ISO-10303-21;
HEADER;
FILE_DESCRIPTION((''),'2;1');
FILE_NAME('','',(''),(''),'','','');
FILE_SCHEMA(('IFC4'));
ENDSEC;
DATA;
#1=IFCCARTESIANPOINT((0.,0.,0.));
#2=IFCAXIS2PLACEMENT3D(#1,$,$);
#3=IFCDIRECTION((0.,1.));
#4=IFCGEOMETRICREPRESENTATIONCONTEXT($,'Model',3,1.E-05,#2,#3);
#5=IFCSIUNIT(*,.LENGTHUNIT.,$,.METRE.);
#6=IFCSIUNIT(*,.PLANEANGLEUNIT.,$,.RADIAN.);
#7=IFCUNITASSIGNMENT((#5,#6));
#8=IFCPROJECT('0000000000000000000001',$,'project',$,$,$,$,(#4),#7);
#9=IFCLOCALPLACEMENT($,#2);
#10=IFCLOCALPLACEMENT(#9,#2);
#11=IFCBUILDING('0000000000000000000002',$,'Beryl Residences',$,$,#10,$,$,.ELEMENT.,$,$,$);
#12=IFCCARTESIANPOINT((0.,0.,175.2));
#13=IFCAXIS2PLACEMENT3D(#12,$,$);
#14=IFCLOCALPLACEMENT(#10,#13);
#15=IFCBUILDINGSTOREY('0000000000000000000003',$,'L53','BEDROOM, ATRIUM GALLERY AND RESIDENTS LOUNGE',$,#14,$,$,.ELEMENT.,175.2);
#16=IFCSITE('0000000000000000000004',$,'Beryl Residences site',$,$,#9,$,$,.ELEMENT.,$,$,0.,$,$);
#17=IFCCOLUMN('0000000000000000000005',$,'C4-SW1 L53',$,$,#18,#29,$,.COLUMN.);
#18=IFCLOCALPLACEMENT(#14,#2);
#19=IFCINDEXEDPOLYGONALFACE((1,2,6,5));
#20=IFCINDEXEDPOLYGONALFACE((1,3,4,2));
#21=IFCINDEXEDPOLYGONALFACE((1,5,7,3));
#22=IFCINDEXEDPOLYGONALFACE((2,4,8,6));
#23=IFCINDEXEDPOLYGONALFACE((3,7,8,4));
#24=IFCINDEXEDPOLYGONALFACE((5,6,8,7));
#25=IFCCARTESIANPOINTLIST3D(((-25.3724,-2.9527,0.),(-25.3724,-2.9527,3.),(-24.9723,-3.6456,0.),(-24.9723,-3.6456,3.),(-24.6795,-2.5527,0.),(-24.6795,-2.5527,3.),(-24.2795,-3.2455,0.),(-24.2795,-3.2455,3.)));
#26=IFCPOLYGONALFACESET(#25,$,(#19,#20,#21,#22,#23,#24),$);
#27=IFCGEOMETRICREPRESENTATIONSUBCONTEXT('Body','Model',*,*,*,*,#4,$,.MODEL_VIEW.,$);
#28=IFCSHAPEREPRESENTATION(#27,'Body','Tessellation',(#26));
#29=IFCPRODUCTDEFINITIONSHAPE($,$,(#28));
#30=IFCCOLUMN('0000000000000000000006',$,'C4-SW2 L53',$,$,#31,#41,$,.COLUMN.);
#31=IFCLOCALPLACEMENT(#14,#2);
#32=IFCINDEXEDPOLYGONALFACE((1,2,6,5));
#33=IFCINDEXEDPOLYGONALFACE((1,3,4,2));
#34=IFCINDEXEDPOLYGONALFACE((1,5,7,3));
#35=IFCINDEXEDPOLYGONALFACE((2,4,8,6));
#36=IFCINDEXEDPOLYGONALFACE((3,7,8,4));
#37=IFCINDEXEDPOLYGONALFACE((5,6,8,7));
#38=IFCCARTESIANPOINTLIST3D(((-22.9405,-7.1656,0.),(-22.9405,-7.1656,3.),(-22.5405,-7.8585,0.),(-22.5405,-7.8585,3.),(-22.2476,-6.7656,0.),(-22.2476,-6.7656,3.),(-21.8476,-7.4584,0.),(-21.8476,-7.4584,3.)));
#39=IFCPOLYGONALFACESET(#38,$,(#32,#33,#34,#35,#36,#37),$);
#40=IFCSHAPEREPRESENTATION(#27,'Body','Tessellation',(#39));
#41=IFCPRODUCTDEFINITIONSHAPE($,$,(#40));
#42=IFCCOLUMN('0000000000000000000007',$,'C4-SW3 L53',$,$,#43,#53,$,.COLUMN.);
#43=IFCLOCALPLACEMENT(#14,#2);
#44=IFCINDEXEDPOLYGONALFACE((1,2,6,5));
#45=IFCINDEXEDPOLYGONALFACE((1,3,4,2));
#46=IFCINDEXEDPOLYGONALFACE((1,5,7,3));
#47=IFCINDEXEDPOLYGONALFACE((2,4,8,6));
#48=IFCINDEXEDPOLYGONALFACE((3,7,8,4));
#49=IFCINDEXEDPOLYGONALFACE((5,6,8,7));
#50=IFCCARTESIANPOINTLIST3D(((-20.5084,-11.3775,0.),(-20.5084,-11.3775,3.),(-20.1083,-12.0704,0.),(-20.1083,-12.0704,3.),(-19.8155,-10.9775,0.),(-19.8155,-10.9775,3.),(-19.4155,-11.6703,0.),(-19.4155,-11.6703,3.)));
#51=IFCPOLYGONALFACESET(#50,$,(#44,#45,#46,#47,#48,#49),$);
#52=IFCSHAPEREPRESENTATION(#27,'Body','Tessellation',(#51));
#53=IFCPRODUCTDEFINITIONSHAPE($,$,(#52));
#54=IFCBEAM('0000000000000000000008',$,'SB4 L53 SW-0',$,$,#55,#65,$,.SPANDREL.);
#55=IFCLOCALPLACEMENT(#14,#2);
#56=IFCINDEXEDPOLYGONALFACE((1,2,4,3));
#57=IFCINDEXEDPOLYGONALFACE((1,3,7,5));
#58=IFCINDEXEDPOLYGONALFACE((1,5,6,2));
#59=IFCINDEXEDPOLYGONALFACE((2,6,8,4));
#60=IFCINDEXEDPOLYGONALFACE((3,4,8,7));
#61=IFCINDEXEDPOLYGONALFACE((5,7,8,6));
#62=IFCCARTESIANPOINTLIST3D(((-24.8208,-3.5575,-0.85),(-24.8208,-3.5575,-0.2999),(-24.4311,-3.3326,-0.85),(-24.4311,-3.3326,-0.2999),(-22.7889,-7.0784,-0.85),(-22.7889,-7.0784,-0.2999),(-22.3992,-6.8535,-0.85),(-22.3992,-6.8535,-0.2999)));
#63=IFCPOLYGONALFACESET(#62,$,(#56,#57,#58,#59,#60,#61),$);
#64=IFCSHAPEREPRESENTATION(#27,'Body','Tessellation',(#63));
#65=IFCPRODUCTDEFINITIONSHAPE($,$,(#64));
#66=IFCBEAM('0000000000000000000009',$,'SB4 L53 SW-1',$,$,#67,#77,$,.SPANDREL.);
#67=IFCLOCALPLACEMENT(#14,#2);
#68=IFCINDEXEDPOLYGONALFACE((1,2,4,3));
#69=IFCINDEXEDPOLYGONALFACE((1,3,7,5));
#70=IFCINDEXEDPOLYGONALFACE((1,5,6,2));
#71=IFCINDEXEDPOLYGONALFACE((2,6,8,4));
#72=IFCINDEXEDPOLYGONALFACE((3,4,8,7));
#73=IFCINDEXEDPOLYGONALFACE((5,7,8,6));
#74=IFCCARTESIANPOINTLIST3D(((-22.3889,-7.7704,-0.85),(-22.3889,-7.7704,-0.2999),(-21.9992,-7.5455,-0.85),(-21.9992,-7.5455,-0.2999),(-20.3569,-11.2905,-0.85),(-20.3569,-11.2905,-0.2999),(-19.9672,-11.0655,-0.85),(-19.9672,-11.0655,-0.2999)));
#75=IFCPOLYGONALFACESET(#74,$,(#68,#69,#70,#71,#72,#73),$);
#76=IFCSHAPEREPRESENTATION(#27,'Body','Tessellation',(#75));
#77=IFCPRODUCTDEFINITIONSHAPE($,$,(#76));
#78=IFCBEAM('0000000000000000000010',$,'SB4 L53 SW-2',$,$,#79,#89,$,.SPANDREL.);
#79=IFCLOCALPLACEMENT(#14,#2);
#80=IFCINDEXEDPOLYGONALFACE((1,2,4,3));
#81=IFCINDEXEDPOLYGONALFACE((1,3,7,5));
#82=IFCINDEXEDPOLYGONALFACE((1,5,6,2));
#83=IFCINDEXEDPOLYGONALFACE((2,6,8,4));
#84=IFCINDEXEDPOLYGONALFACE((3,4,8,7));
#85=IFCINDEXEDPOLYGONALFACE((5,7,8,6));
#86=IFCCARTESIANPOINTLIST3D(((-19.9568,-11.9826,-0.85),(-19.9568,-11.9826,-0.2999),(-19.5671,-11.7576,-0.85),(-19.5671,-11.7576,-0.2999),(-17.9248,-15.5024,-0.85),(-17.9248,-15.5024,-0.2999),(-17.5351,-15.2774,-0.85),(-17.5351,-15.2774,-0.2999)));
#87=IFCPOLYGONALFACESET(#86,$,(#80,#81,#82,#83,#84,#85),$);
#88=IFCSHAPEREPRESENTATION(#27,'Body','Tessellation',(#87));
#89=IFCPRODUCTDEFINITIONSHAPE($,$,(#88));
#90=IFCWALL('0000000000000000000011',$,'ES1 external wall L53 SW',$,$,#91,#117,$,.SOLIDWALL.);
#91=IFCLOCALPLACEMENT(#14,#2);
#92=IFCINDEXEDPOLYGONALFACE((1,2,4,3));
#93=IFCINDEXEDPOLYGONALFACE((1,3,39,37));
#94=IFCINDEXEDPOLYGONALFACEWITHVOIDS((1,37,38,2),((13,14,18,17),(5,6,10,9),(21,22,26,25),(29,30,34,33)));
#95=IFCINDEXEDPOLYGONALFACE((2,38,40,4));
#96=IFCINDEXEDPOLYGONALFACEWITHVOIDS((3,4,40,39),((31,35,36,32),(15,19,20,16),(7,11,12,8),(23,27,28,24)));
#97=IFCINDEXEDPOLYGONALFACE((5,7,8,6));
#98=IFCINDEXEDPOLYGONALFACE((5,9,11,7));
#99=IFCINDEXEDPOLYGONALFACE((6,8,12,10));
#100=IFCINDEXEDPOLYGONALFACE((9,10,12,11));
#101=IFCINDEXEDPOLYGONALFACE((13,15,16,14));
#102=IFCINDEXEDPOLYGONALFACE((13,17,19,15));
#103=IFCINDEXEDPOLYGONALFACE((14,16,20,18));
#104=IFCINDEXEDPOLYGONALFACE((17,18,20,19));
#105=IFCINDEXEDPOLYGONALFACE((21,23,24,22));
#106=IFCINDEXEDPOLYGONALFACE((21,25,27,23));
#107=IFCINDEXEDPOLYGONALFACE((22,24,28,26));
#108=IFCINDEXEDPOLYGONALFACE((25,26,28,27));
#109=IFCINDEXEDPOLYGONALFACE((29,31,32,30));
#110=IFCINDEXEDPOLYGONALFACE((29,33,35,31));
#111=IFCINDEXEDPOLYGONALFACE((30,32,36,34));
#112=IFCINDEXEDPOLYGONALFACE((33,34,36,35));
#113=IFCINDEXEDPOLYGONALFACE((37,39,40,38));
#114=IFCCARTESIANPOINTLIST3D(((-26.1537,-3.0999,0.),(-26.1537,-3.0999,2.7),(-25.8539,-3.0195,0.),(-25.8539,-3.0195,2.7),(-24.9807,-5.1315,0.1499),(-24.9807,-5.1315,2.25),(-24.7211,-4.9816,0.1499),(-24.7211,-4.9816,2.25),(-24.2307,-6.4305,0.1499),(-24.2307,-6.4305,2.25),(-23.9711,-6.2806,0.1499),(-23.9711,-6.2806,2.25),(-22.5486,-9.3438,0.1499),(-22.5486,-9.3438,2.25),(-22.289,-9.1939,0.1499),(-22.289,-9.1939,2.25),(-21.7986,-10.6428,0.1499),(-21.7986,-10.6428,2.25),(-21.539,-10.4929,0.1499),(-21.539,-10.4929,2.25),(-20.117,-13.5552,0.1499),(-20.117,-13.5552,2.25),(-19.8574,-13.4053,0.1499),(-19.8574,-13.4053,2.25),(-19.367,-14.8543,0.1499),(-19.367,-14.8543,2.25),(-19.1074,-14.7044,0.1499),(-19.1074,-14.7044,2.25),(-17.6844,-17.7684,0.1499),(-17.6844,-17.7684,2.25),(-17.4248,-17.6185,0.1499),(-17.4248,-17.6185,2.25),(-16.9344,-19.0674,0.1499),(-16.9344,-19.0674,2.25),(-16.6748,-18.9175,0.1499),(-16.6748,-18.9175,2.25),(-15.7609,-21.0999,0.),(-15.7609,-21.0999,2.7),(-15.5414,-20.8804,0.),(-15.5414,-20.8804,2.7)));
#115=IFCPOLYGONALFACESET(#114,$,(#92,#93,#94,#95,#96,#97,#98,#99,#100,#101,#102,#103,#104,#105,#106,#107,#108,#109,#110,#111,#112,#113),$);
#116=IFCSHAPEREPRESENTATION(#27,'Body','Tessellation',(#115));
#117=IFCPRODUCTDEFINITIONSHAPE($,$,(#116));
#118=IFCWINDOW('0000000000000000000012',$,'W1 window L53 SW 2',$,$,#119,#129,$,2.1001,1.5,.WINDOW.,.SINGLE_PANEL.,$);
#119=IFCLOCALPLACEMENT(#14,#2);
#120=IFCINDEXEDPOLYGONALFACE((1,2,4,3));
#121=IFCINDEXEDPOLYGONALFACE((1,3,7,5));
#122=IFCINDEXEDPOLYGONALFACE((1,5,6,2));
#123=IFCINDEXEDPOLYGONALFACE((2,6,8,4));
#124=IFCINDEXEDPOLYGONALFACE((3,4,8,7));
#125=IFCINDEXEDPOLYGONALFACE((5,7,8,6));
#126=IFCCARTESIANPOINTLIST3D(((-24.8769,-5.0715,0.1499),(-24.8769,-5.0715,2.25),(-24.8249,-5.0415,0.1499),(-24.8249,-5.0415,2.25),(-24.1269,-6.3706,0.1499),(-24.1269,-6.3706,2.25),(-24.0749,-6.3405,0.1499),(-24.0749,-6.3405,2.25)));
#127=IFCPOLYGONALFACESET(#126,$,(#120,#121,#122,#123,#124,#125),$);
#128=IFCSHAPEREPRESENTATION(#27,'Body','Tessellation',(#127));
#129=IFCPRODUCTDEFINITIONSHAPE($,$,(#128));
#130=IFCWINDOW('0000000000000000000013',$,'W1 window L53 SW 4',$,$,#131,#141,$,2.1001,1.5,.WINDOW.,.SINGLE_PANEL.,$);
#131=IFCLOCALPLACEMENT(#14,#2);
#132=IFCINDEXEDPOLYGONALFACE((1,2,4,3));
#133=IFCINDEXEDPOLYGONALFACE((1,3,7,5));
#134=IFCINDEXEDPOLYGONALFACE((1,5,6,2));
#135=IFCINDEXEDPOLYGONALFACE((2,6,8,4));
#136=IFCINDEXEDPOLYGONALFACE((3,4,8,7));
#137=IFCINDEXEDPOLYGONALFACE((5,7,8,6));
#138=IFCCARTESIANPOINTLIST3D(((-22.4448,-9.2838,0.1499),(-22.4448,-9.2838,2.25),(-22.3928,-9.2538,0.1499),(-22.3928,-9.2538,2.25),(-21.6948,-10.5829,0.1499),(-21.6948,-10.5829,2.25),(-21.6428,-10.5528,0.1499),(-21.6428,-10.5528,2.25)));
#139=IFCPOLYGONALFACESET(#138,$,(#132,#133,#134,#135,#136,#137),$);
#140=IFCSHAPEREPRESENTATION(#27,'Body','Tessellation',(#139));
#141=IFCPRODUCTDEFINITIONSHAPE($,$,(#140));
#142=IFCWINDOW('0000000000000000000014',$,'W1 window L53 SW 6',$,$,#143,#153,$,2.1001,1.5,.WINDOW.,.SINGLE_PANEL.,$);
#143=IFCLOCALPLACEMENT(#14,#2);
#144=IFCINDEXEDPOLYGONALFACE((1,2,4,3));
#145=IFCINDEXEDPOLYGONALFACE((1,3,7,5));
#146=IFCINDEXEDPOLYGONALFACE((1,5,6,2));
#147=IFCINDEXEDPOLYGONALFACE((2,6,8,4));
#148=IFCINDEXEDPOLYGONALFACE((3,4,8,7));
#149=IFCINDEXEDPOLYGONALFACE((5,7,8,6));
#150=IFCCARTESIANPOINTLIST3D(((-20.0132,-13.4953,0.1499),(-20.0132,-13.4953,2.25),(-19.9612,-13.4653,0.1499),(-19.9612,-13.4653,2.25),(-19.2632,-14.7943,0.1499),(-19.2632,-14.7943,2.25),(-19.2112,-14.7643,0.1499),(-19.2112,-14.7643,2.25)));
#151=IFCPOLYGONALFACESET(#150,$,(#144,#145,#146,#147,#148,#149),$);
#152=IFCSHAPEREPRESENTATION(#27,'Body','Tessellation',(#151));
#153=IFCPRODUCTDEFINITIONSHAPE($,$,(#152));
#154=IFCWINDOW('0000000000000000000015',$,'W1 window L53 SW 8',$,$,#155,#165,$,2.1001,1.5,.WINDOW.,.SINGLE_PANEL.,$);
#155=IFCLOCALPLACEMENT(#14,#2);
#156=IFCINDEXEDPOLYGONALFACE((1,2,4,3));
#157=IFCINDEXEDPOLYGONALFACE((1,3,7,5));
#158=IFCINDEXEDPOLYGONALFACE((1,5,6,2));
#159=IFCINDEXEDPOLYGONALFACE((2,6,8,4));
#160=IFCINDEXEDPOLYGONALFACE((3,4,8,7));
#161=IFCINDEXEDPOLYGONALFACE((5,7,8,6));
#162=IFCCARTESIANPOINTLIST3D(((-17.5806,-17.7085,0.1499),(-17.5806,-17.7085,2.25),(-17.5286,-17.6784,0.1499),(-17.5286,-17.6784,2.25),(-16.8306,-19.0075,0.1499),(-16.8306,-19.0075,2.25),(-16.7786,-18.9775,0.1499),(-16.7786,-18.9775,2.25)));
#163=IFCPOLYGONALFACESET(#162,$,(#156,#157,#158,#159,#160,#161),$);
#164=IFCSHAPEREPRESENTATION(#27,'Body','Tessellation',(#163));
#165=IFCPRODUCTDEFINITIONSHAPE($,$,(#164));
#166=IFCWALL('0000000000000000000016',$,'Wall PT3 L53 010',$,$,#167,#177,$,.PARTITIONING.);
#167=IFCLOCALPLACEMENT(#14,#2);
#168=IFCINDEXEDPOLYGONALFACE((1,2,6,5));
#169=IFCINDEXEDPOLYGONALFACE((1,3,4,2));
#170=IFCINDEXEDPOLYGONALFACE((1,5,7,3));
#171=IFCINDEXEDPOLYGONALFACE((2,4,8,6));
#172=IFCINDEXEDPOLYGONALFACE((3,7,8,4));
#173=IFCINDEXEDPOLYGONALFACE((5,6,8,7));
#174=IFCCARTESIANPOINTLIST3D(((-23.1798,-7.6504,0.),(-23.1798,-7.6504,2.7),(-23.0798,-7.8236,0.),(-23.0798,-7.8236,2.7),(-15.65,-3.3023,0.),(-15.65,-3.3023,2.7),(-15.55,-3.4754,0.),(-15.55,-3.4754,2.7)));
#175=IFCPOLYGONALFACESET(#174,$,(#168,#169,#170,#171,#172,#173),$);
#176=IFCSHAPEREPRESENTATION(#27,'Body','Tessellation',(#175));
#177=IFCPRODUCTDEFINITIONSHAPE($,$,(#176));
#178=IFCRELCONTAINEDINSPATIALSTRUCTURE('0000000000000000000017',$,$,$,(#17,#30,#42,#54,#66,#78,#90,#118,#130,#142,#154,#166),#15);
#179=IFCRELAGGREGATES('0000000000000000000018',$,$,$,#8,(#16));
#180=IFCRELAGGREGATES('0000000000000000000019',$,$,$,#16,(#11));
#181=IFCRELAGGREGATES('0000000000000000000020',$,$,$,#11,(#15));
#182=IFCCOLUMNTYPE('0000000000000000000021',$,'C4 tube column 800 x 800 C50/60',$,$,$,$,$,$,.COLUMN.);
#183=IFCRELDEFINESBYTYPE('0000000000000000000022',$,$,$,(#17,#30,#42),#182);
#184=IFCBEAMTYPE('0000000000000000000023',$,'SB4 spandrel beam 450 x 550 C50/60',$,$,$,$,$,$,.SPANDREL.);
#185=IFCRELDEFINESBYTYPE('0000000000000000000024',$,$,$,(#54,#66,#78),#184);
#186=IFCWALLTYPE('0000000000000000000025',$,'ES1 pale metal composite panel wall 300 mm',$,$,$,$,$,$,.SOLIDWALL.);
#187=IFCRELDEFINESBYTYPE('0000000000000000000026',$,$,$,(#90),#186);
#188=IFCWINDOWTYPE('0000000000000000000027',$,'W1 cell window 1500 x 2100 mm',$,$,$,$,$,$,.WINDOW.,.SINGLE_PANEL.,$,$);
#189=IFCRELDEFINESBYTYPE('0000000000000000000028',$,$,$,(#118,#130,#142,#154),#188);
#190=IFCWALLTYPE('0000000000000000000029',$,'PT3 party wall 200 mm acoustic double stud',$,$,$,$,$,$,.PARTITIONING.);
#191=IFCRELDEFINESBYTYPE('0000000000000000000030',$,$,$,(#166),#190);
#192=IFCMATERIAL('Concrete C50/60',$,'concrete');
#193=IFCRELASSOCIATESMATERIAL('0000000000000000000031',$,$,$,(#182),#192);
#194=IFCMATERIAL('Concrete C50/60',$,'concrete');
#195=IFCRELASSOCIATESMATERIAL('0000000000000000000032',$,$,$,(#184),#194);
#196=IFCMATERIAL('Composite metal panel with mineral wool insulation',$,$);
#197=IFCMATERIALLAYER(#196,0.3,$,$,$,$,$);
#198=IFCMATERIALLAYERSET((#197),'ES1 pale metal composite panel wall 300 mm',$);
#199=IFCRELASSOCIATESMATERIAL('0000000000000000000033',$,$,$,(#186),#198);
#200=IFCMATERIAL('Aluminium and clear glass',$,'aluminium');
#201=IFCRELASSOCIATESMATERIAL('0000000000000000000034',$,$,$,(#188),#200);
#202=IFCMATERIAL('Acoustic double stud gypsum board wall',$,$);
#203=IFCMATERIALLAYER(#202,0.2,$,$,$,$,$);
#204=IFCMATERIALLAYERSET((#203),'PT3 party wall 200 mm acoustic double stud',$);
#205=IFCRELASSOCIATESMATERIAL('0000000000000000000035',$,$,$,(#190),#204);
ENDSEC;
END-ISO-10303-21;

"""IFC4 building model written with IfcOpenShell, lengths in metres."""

from ifc_helpers import new_model, si_unit, direction, frame, frame_2d, origin, origin_2d, place, context, subcontext, project, spatial, polyline, rectangle, outline, extrude, material, layer, layer_set, material_profile, profile_set, type_object, element, fill, save


model = new_model("IFC4")

# Units and contexts
model_context = context("Model", 3, precision=1e-05, world=origin(), true_north=direction((0.0, 1.0)))
body_context = subcontext(model_context, "Body", "Model", "MODEL_VIEW")
ifc_project = project(units=[si_unit("LENGTHUNIT", "METRE"), si_unit("PLANEANGLEUNIT", "RADIAN")], contexts=[model_context])

# Site, building, storey
site_placement = place(None, origin())
site = spatial("IfcSite", under=ifc_project, at=site_placement, Name="Beryl Residences site", CompositionType="ELEMENT", RefElevation=0.0)
building_placement = place(site_placement, origin())
building = spatial("IfcBuilding", under=site, at=building_placement, Name="Beryl Residences", CompositionType="ELEMENT")
storey_placement = place(building_placement, frame((0.0, 0.0, 175.2)))
storey = spatial("IfcBuildingStorey", under=building, at=storey_placement, Name="L53", Description="BEDROOM, ATRIUM GALLERY AND RESIDENTS LOUNGE", CompositionType="ELEMENT", Elevation=175.2)

# Columns
ifc_material_1 = material(Name="Concrete C50/60", Category="concrete")
ifc_material_profile_1 = material_profile(ifc_material_1, rectangle(XDim=0.8, YDim=0.8, at=origin_2d()))
ifc_profile_set_1 = profile_set([ifc_material_profile_1], Name="Concrete C50/60")
column_type = type_object("IfcColumnType", Name="C4 tube column 800 x 800 C50/60", PredefinedType="COLUMN", material=ifc_profile_set_1)
for number, where, z_axis, x_axis, name in (
    (1, (-24.8259, -3.0991, 0.0), (0.0, 0.0, 1.0), (0.5, -0.866025, 0.0), "C4-SW1 L53"),
    (2, (-22.394, -7.312, 0.0), (0.0, 0.0, 1.0), (0.5, -0.866025, 0.0), "C4-SW2 L53"),
    (3, (-19.9619, -11.5239, 0.0), (0.0, 0.0, 1.0), (0.5, -0.866025, 0.0), "C4-SW3 L53"),
):
    element("IfcColumn", number, at=place(storey_placement, frame(where, z_axis=z_axis, x_axis=x_axis)), inside=storey, type_object=column_type, Name=name, PredefinedType="COLUMN", context=body_context, shape_type="SweptSolid", body=[
        extrude(rectangle(XDim=0.8, YDim=0.8, at=origin_2d()), origin(), (0.0, 0.0, 1.0), 3.0),
    ])

# Beams
ifc_material_2 = material(Name="Concrete C50/60", Category="concrete")
ifc_material_profile_2 = material_profile(ifc_material_2, rectangle(XDim=0.45, YDim=0.55, at=origin_2d()))
ifc_profile_set_2 = profile_set([ifc_material_profile_2], Name="Concrete C50/60")
beam_type = type_object("IfcBeamType", Name="SB4 spandrel beam 450 x 550 C50/60", PredefinedType="SPANDREL", material=ifc_profile_set_2)
beam_1_placement = place(storey_placement, frame((-24.626, -3.4451, -0.575), z_axis=(0.49984, -0.866118, 0.0), x_axis=(0.866118, 0.49984, 0.0)))
element("IfcBeam", 4, at=beam_1_placement, inside=storey, type_object=beam_type, Name="SB4 L53 SW-0", PredefinedType="SPANDREL", context=body_context, shape_type="SweptSolid", body=[
    extrude(rectangle(XDim=0.45, YDim=0.55, at=origin_2d()), origin(), (0.0, 0.0, 1.0), 4.0652),
])
beam_2_placement = place(storey_placement, frame((-22.1941, -7.658, -0.575), z_axis=(0.499944, -0.866058, 0.0), x_axis=(0.866058, 0.499944, 0.0)))
element("IfcBeam", 5, at=beam_2_placement, inside=storey, type_object=beam_type, Name="SB4 L53 SW-1", PredefinedType="SPANDREL", context=body_context, shape_type="SweptSolid", body=[
    extrude(rectangle(XDim=0.45, YDim=0.55, at=origin_2d()), origin(), (0.0, 0.0, 1.0), 4.0645),
])
beam_3_placement = place(storey_placement, frame((-19.762, -11.8701, -0.575), z_axis=(0.49997, -0.866043, 0.0), x_axis=(0.866043, 0.49997, 0.0)))
element("IfcBeam", 6, at=beam_3_placement, inside=storey, type_object=beam_type, Name="SB4 L53 SW-2", PredefinedType="SPANDREL", context=body_context, shape_type="SweptSolid", body=[
    extrude(rectangle(XDim=0.45, YDim=0.55, at=origin_2d()), origin(), (0.0, 0.0, 1.0), 4.0642),
])

# Wall, openings, windows
ifc_material_3 = material(Name="Composite metal panel with mineral wool insulation")
ifc_layer_1 = layer(ifc_material_3, 0.3)
ifc_layer_set_1 = layer_set([ifc_layer_1], Name="ES1 pale metal composite panel wall 300 mm")
wall_type_1 = type_object("IfcWallType", Name="ES1 pale metal composite panel wall 300 mm", PredefinedType="SOLIDWALL", material=ifc_layer_set_1)
wall_1_placement = place(storey_placement, frame((-26.0239, -3.0249, 0.0), z_axis=(0.0, 0.0, 1.0), x_axis=(0.500019, -0.866015, 0.0)))
wall_1 = element("IfcWall", 7, at=wall_1_placement, inside=storey, type_object=wall_type_1, Name="ES1 external wall L53 SW", PredefinedType="SOLIDWALL", context=body_context, shape_type="SweptSolid", body=[
    extrude(outline(polyline([(0.0, -0.1499), (20.7849, -0.1499), (20.7046, 0.1499), (0.0803, 0.1499), (0.0, -0.1499)])), origin(), (0.0, 0.0, 1.0), 2.7),
])
opening_1_placement = place(wall_1_placement, frame((2.3459, 0.0, 0.1499)))
opening_1 = element("IfcOpeningElement", 8, at=opening_1_placement, cuts=wall_1, PredefinedType="OPENING", context=body_context, shape_type="SweptSolid", body=[
    extrude(rectangle(XDim=1.5, YDim=2.1001, at=frame_2d((0.75, 1.05))), frame((0.0, 0.1599, 0.0), z_axis=(0.0, -1.0, 0.0), x_axis=(1.0, 0.0, 0.0)), (0.0, 0.0, 1.0), 0.3201),
])
opening_2_placement = place(wall_1_placement, frame((7.21, 0.0, 0.1499)))
opening_2 = element("IfcOpeningElement", 9, at=opening_2_placement, cuts=wall_1, PredefinedType="OPENING", context=body_context, shape_type="SweptSolid", body=[
    extrude(rectangle(XDim=1.5, YDim=2.1001, at=frame_2d((0.75, 1.05))), frame((0.0, 0.1599, 0.0), z_axis=(0.0, -1.0, 0.0), x_axis=(1.0, 0.0, 0.0)), (0.0, 0.0, 1.0), 0.3201),
])
opening_3_placement = place(wall_1_placement, frame((12.073, 0.0, 0.1499)))
opening_3 = element("IfcOpeningElement", 10, at=opening_3_placement, cuts=wall_1, PredefinedType="OPENING", context=body_context, shape_type="SweptSolid", body=[
    extrude(rectangle(XDim=1.5, YDim=2.1001, at=frame_2d((0.75, 1.05))), frame((0.0, 0.1599, 0.0), z_axis=(0.0, -1.0, 0.0), x_axis=(1.0, 0.0, 0.0)), (0.0, 0.0, 1.0), 0.3201),
])
opening_4_placement = place(wall_1_placement, frame((16.938, 0.0, 0.1499)))
opening_4 = element("IfcOpeningElement", 11, at=opening_4_placement, cuts=wall_1, PredefinedType="OPENING", context=body_context, shape_type="SweptSolid", body=[
    extrude(rectangle(XDim=1.5, YDim=2.1001, at=frame_2d((0.75, 1.05))), frame((0.0, 0.1599, 0.0), z_axis=(0.0, -1.0, 0.0), x_axis=(1.0, 0.0, 0.0)), (0.0, 0.0, 1.0), 0.3201),
])
ifc_material_4 = material(Name="Aluminium and clear glass", Category="aluminium")
window_type = type_object("IfcWindowType", Name="W1 cell window 1500 x 2100 mm", PartitioningType="SINGLE_PANEL", PredefinedType="WINDOW", material=ifc_material_4)
window_1_placement = place(opening_1_placement, origin())
window_1 = element("IfcWindow", 12, at=window_1_placement, inside=storey, type_object=window_type, Name="W1 window L53 SW 2", OverallHeight=2.1001, OverallWidth=1.5, PartitioningType="SINGLE_PANEL", PredefinedType="WINDOW", context=body_context, shape_type="SweptSolid", body=[
    extrude(rectangle(XDim=1.5, YDim=2.1001, at=frame_2d((0.75, 1.05))), frame((0.0, 0.03, 0.0), z_axis=(0.0, -1.0, 0.0), x_axis=(1.0, 0.0, 0.0)), (0.0, 0.0, 1.0), 0.0601),
])
fill(opening_1, window_1)
window_2_placement = place(opening_2_placement, origin())
window_2 = element("IfcWindow", 13, at=window_2_placement, inside=storey, type_object=window_type, Name="W1 window L53 SW 4", OverallHeight=2.1001, OverallWidth=1.5, PartitioningType="SINGLE_PANEL", PredefinedType="WINDOW", context=body_context, shape_type="SweptSolid", body=[
    extrude(rectangle(XDim=1.5, YDim=2.1001, at=frame_2d((0.75, 1.05))), frame((0.0, 0.03, 0.0), z_axis=(0.0, -1.0, 0.0), x_axis=(1.0, 0.0, 0.0)), (0.0, 0.0, 1.0), 0.0601),
])
fill(opening_2, window_2)
window_3_placement = place(opening_3_placement, origin())
window_3 = element("IfcWindow", 14, at=window_3_placement, inside=storey, type_object=window_type, Name="W1 window L53 SW 6", OverallHeight=2.1001, OverallWidth=1.5, PartitioningType="SINGLE_PANEL", PredefinedType="WINDOW", context=body_context, shape_type="SweptSolid", body=[
    extrude(rectangle(XDim=1.5, YDim=2.1001, at=frame_2d((0.75, 1.05))), frame((0.0, 0.03, 0.0), z_axis=(0.0, -1.0, 0.0), x_axis=(1.0, 0.0, 0.0)), (0.0, 0.0, 1.0), 0.0601),
])
fill(opening_3, window_3)
window_4_placement = place(opening_4_placement, origin())
window_4 = element("IfcWindow", 15, at=window_4_placement, inside=storey, type_object=window_type, Name="W1 window L53 SW 8", OverallHeight=2.1001, OverallWidth=1.5, PartitioningType="SINGLE_PANEL", PredefinedType="WINDOW", context=body_context, shape_type="SweptSolid", body=[
    extrude(rectangle(XDim=1.5, YDim=2.1001, at=frame_2d((0.75, 1.05))), frame((0.0, 0.03, 0.0), z_axis=(0.0, -1.0, 0.0), x_axis=(1.0, 0.0, 0.0)), (0.0, 0.0, 1.0), 0.0601),
])
fill(opening_4, window_4)

# Wall
ifc_material_5 = material(Name="Acoustic double stud gypsum board wall")
ifc_layer_2 = layer(ifc_material_5, 0.2)
ifc_layer_set_2 = layer_set([ifc_layer_2], Name="PT3 party wall 200 mm acoustic double stud")
wall_type_2 = type_object("IfcWallType", Name="PT3 party wall 200 mm acoustic double stud", PredefinedType="PARTITIONING", material=ifc_layer_set_2)
wall_2_placement = place(storey_placement, frame((-23.1299, -7.7371, 0.0), z_axis=(0.0, 0.0, 1.0), x_axis=(0.865985, 0.500071, 0.0)))
element("IfcWall", 16, at=wall_2_placement, inside=storey, type_object=wall_type_2, Name="Wall PT3 L53 010", PredefinedType="PARTITIONING", context=body_context, shape_type="SweptSolid", body=[
    extrude(rectangle(XDim=8.6951, YDim=0.2, at=frame_2d((4.3477, 0.0))), origin(), (0.0, 0.0, 1.0), 2.7),
])

save(model, "model.ifc")
